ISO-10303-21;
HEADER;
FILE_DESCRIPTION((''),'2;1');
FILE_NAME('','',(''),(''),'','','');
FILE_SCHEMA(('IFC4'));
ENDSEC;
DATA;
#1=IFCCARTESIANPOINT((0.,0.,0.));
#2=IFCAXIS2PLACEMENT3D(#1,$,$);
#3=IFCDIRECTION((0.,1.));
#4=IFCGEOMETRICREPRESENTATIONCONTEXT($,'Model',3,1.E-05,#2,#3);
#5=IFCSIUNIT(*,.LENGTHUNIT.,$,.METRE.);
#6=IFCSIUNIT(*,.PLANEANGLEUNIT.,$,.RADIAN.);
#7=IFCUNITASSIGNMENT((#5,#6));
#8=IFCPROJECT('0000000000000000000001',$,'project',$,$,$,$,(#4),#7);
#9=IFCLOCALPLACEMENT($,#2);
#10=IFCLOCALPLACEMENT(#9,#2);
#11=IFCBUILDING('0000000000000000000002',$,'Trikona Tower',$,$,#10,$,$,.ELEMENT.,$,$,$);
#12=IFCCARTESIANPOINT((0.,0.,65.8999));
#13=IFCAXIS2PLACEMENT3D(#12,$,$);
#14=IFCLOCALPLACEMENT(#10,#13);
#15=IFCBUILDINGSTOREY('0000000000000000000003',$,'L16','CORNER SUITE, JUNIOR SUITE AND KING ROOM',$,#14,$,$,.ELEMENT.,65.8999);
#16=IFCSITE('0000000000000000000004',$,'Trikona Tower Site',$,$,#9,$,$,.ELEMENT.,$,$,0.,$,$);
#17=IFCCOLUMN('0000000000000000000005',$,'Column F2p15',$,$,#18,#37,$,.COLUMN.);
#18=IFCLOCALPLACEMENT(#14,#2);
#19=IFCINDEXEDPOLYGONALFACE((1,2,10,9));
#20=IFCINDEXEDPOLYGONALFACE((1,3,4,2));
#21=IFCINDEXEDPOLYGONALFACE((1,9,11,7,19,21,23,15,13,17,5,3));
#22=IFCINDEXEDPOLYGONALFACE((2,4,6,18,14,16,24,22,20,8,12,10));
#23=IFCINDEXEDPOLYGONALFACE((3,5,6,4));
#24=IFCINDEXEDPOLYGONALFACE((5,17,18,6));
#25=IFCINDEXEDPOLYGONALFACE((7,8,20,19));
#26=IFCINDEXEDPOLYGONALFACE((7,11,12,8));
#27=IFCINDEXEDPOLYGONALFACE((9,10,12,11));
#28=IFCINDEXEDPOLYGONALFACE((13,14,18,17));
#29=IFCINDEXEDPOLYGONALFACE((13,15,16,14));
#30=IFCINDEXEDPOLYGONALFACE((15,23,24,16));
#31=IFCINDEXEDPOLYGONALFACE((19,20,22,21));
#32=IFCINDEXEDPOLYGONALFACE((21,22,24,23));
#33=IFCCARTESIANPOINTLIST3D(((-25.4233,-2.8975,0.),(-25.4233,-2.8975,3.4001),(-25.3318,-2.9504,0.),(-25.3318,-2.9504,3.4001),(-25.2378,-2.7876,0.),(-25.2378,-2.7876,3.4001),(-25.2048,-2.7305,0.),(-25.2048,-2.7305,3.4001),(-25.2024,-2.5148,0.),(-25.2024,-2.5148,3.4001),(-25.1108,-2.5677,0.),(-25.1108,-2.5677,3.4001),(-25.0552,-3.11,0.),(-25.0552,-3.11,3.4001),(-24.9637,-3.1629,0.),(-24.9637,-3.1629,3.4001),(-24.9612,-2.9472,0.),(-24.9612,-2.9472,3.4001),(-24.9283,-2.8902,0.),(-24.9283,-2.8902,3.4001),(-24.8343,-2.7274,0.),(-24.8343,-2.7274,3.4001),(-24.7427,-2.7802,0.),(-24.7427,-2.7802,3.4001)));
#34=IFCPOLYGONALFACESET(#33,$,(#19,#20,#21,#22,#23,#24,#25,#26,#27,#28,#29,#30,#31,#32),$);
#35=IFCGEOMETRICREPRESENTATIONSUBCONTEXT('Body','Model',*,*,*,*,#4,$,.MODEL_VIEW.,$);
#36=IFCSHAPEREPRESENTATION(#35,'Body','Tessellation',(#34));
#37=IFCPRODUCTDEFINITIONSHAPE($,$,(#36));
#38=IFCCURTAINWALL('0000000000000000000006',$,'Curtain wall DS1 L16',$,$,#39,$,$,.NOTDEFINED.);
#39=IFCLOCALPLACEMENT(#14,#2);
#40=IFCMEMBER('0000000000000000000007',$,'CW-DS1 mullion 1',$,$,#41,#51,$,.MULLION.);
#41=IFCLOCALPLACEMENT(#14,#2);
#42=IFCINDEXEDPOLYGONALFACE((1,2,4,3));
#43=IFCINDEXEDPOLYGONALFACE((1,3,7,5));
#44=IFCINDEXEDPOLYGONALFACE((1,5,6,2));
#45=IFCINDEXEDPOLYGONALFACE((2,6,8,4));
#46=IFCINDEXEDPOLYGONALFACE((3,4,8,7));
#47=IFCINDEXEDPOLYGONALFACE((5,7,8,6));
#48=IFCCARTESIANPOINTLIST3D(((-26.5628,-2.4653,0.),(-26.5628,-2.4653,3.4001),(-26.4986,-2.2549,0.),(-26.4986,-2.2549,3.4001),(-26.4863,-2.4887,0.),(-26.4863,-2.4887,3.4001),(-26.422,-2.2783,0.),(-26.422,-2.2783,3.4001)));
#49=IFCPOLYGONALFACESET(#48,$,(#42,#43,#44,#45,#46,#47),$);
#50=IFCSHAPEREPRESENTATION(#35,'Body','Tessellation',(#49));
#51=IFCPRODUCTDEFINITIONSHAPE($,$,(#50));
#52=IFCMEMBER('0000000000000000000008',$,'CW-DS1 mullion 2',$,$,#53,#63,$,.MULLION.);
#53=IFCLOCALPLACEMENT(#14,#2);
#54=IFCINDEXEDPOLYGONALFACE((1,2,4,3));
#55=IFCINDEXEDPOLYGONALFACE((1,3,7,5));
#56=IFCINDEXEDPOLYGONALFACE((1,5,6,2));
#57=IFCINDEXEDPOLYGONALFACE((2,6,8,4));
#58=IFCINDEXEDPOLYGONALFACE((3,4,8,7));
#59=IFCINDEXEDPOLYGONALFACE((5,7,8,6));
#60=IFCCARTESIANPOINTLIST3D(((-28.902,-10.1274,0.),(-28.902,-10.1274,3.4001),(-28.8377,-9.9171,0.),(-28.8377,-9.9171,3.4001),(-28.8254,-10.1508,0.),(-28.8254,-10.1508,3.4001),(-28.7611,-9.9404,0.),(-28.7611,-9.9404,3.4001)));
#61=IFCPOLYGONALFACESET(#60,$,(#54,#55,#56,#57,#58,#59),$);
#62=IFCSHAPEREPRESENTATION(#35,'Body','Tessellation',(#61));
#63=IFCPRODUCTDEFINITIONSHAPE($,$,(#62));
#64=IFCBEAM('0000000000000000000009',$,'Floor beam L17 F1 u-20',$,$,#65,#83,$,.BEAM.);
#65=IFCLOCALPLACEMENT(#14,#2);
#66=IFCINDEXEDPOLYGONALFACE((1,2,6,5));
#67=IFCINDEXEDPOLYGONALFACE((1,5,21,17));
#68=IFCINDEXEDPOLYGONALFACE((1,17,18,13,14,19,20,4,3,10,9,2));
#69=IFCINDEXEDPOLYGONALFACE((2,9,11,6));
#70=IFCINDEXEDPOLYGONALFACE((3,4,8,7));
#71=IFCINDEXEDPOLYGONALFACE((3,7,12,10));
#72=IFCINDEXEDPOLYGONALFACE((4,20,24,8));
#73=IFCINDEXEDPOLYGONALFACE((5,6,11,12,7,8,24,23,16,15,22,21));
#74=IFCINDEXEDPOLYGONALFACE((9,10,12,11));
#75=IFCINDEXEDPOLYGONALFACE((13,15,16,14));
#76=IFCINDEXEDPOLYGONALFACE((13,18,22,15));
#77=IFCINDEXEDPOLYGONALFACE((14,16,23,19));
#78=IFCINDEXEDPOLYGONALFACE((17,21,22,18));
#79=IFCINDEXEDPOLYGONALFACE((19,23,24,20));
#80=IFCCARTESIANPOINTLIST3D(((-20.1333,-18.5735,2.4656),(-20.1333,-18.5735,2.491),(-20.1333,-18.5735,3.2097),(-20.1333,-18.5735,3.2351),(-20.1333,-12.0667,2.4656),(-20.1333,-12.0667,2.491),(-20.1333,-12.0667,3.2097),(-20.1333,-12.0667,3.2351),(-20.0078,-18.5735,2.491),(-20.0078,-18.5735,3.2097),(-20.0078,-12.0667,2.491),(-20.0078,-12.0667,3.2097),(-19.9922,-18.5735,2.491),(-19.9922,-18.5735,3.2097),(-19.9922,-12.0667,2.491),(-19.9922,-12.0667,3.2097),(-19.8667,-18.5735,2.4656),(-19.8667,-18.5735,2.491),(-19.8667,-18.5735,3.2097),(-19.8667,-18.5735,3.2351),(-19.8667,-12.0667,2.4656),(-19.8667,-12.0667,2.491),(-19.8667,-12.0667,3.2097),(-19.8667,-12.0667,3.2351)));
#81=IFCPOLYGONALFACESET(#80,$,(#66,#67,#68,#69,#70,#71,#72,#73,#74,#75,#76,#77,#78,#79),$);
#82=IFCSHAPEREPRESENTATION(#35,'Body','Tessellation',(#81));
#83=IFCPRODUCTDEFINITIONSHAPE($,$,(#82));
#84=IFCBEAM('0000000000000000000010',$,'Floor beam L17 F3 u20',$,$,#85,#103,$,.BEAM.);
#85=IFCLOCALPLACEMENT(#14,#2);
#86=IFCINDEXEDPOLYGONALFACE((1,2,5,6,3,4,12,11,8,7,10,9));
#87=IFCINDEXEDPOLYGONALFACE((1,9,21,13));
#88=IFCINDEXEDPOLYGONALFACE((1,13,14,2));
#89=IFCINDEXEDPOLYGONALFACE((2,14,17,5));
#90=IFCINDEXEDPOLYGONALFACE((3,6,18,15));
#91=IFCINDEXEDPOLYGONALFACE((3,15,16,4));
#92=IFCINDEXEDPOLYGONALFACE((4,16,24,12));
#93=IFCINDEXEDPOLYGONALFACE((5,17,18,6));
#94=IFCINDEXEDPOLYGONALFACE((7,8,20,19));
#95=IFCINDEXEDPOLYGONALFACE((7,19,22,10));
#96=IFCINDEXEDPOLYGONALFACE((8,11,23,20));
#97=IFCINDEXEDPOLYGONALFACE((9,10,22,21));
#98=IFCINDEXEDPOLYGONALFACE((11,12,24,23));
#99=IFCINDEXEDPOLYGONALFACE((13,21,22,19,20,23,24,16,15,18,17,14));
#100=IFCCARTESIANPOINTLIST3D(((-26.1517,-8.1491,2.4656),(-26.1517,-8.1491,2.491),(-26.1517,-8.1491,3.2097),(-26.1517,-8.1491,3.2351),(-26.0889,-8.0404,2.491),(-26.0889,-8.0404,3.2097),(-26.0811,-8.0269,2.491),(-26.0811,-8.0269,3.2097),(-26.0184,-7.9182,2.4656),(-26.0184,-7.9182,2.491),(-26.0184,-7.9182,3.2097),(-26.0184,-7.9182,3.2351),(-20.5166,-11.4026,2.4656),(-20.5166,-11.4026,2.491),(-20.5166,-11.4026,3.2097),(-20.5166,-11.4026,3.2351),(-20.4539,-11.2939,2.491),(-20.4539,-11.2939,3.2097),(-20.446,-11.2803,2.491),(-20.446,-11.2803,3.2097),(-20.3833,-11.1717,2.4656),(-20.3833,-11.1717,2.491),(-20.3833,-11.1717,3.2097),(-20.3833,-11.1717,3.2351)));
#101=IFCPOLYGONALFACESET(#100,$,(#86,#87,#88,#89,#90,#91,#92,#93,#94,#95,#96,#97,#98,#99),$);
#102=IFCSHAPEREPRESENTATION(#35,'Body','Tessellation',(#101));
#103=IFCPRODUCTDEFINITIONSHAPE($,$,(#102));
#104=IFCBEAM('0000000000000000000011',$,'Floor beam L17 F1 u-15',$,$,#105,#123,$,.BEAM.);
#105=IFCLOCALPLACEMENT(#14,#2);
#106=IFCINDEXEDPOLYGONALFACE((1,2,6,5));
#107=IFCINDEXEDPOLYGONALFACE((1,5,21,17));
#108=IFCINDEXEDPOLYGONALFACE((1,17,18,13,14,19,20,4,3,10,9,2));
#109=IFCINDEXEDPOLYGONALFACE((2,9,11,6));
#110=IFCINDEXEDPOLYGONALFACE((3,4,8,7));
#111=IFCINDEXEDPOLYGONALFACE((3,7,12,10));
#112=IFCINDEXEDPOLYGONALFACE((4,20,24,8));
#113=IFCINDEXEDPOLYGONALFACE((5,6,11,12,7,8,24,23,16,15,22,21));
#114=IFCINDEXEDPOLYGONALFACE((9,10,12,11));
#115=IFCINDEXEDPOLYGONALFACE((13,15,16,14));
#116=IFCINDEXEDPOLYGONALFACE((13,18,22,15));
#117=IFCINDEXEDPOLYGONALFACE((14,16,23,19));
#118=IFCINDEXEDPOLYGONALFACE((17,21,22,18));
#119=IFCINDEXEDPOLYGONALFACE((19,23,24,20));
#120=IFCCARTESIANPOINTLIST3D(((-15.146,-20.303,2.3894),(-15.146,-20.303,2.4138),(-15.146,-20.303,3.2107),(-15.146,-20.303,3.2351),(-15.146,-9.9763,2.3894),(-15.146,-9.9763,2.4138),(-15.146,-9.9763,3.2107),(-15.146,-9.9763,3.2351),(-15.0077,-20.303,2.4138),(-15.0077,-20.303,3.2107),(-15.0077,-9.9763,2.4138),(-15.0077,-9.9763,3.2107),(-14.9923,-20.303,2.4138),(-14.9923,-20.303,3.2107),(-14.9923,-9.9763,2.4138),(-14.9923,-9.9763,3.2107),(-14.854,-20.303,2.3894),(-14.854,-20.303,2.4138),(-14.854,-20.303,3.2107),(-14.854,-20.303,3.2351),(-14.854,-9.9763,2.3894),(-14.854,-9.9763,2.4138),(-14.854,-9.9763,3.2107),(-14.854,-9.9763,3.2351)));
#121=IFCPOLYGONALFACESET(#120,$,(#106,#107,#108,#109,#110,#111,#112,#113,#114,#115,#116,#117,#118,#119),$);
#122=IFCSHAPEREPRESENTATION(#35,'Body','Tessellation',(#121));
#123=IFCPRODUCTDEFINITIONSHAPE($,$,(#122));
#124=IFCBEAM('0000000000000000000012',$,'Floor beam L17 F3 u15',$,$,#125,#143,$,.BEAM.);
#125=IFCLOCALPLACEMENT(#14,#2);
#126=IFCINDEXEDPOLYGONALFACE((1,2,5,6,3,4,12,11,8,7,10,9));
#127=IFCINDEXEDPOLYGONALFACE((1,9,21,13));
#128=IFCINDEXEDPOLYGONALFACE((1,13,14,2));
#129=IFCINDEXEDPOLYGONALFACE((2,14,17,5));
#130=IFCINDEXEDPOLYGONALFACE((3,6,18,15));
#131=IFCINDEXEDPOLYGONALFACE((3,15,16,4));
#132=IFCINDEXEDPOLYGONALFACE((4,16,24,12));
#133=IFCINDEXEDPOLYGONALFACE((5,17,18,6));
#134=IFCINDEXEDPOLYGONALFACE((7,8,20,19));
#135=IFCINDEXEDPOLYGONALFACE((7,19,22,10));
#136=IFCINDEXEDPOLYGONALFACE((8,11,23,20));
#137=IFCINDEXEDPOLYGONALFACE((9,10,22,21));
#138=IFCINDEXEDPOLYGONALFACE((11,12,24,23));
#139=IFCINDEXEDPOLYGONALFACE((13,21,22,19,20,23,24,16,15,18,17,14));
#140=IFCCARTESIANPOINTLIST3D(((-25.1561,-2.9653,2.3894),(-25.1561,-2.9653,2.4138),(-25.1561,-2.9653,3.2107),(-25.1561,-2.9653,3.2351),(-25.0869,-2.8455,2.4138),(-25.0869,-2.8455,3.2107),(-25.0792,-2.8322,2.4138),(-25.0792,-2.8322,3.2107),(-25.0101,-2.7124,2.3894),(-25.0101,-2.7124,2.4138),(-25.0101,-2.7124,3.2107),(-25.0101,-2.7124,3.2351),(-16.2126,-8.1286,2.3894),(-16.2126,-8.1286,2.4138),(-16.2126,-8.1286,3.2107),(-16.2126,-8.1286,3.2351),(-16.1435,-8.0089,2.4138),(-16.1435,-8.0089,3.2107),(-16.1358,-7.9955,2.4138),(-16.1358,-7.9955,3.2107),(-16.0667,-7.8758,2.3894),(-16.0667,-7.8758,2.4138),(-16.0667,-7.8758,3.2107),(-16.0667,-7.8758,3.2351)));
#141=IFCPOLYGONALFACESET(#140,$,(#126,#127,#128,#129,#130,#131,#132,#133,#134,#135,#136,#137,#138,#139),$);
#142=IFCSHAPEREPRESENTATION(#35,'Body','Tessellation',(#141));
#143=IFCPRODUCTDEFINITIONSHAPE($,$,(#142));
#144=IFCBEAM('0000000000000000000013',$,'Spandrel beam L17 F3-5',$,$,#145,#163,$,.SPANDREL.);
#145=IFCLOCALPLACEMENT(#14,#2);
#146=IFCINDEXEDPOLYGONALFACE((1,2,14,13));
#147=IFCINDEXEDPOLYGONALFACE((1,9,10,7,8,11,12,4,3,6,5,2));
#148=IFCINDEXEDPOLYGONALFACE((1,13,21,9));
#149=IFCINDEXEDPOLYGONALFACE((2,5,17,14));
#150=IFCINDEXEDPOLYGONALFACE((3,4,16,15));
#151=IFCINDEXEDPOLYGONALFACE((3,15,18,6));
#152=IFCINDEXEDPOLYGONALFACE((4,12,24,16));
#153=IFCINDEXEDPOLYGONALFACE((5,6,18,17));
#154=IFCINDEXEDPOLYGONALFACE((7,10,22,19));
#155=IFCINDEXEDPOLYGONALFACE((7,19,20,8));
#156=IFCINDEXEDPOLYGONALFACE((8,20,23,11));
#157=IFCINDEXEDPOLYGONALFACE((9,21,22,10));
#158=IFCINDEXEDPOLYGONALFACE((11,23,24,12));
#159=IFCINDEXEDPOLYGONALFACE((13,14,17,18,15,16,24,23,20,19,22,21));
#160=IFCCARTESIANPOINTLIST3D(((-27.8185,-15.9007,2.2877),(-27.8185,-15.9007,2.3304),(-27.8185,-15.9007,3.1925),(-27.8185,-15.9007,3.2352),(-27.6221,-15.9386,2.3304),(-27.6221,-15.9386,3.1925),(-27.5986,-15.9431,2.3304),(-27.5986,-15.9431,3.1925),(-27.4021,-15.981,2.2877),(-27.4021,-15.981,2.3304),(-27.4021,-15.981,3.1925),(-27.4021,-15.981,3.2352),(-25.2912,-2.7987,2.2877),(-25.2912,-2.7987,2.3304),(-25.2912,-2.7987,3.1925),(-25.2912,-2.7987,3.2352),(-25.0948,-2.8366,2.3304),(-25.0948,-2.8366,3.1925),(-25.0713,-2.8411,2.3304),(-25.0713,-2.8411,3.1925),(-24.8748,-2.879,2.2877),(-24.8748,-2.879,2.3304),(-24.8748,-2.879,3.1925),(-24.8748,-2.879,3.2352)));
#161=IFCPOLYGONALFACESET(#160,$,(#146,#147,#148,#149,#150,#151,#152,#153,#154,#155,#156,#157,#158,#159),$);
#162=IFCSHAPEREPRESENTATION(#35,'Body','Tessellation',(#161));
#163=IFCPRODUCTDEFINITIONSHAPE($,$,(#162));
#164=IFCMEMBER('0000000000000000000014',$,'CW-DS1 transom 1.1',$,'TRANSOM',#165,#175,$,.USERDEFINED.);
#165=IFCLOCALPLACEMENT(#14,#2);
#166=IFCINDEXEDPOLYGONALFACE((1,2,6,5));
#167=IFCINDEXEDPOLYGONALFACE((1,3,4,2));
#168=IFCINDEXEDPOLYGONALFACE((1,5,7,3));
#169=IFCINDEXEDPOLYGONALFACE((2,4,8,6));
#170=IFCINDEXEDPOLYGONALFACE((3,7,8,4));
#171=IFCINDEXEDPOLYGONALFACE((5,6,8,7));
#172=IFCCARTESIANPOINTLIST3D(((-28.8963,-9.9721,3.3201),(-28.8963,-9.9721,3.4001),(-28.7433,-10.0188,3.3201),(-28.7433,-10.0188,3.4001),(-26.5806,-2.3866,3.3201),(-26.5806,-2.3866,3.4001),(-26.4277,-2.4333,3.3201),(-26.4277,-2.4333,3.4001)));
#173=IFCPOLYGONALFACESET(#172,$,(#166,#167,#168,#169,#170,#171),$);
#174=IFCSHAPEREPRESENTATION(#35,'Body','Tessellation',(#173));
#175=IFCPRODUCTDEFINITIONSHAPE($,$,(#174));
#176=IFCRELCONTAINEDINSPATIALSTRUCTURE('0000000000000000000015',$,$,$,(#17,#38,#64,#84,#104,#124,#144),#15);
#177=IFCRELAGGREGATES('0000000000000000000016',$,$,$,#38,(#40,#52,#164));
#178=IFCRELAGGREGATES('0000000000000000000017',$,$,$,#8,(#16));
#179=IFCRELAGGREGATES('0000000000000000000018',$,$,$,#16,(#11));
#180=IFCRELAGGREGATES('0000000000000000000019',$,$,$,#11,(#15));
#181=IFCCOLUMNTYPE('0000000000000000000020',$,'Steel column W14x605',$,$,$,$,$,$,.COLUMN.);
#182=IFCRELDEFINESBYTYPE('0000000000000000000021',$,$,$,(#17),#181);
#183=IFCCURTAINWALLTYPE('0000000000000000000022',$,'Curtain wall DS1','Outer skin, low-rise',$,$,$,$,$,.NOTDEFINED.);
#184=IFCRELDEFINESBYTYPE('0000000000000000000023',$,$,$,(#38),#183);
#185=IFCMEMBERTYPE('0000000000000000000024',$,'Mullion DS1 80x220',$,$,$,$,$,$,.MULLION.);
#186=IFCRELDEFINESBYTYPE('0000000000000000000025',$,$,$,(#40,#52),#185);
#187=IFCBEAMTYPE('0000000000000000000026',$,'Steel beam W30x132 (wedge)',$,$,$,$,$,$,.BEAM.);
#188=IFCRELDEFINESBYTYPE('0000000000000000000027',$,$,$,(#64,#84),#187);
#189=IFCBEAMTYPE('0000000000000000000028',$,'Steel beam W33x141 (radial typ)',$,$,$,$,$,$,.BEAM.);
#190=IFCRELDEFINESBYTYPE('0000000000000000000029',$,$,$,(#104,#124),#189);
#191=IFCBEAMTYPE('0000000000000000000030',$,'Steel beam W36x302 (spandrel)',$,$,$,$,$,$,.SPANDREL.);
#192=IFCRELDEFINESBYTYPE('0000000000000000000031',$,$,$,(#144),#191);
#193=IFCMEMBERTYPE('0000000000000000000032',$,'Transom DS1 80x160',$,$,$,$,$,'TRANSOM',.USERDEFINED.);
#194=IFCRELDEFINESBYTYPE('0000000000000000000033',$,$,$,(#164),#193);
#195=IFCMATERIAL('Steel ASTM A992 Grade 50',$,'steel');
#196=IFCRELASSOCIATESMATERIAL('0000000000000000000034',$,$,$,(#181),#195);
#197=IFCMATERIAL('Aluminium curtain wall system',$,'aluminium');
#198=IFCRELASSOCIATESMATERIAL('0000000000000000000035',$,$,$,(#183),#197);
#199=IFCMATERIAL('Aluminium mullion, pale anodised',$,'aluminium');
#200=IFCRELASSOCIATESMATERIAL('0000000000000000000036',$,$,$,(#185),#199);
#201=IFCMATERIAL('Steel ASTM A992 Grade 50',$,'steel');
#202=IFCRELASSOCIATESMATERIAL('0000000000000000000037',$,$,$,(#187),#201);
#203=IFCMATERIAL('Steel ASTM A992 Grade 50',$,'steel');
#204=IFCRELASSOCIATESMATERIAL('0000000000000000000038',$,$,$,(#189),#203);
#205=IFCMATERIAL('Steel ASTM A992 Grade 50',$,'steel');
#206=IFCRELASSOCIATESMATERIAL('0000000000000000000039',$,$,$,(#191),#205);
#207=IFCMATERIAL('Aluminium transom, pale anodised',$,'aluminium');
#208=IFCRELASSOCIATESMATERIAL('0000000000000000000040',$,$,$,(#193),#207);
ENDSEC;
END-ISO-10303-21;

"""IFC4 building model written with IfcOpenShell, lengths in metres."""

from ifc_helpers import new_model, si_unit, direction, frame, origin, origin_2d, place, context, subcontext, project, spatial, rectangle, i_section, extrude, material, material_profile, profile_set, type_object, element, aggregate, save


model = new_model("IFC4")

# Units and contexts
model_context = context("Model", 3, precision=1e-05, world=origin(), true_north=direction((0.0, 1.0)))
body_context = subcontext(model_context, "Body", "Model", "MODEL_VIEW")
ifc_project = project(units=[si_unit("LENGTHUNIT", "METRE"), si_unit("PLANEANGLEUNIT", "RADIAN")], contexts=[model_context])

# Site, building, storey
site_placement = place(None, origin())
site = spatial("IfcSite", under=ifc_project, at=site_placement, Name="Trikona Tower Site", CompositionType="ELEMENT", RefElevation=0.0)
building_placement = place(site_placement, origin())
building = spatial("IfcBuilding", under=site, at=building_placement, Name="Trikona Tower", CompositionType="ELEMENT")
storey_placement = place(building_placement, frame((0.0, 0.0, 65.8999)))
storey = spatial("IfcBuildingStorey", under=building, at=storey_placement, Name="L16", Description="CORNER SUITE, JUNIOR SUITE AND KING ROOM", CompositionType="ELEMENT", Elevation=65.8999)

# Column
ifc_material_1 = material(Name="Steel ASTM A992 Grade 50", Category="steel")
ifc_material_profile_1 = material_profile(ifc_material_1, i_section(OverallWidth=0.4419, OverallDepth=0.5308, WebThickness=0.0659, FlangeThickness=0.1057, at=origin_2d()), Name="W14X605")
ifc_profile_set_1 = profile_set([ifc_material_profile_1], Name="Steel ASTM A992 Grade 50")
column_type = type_object("IfcColumnType", Name="Steel column W14x605", PredefinedType="COLUMN", material=ifc_profile_set_1)
column_placement = place(storey_placement, frame((-25.083, -2.8389, 0.0), z_axis=(0.0, 0.0, 1.0), x_axis=(-0.5, -0.866025, 0.0)))
element("IfcColumn", 1, at=column_placement, inside=storey, type_object=column_type, Name="Column F2p15", PredefinedType="COLUMN", context=body_context, shape_type="SweptSolid", body=[
    extrude(i_section(OverallWidth=0.4419, OverallDepth=0.5308, WebThickness=0.0659, FlangeThickness=0.1057, at=origin_2d()), origin(), (0.0, 0.0, 1.0), 3.4001),
])

# Curtain wall, members
ifc_material_2 = material(Name="Aluminium curtain wall system", Category="aluminium")
curtain_wall_type = type_object("IfcCurtainWallType", Name="Curtain wall DS1", Description="Outer skin, low-rise", PredefinedType="NOTDEFINED", material=ifc_material_2)
curtain_wall_placement = place(storey_placement, origin())
curtain_wall = element("IfcCurtainWall", 2, at=curtain_wall_placement, inside=storey, type_object=curtain_wall_type, Name="Curtain wall DS1 L16", PredefinedType="NOTDEFINED")
ifc_material_3 = material(Name="Aluminium mullion, pale anodised", Category="aluminium")
ifc_material_profile_2 = material_profile(ifc_material_3, rectangle(XDim=0.0801, YDim=0.22, at=origin_2d()), Name="MUL-DS1")
ifc_profile_set_2 = profile_set([ifc_material_profile_2], Name="Aluminium mullion, pale anodised")
member_type_1 = type_object("IfcMemberType", Name="Mullion DS1 80x220", PredefinedType="MULLION", material=ifc_profile_set_2)
member_1_placement = place(storey_placement, frame((-26.4924, -2.3718, 0.0), z_axis=(0.0, 0.0, 1.0), x_axis=(0.956423, -0.291984, 0.0)))
member_1 = element("IfcMember", 3, at=member_1_placement, type_object=member_type_1, Name="CW-DS1 mullion 1", PredefinedType="MULLION", context=body_context, shape_type="SweptSolid", body=[
    extrude(rectangle(XDim=0.0801, YDim=0.22, at=origin_2d()), origin(), (0.0, 0.0, 1.0), 3.4001),
])
member_2_placement = place(storey_placement, frame((-28.8315, -10.0339, 0.0), z_axis=(0.0, 0.0, 1.0), x_axis=(0.956423, -0.291984, 0.0)))
member_2 = element("IfcMember", 4, at=member_2_placement, type_object=member_type_1, Name="CW-DS1 mullion 2", PredefinedType="MULLION", context=body_context, shape_type="SweptSolid", body=[
    extrude(rectangle(XDim=0.0801, YDim=0.22, at=origin_2d()), origin(), (0.0, 0.0, 1.0), 3.4001),
])

# Beams
ifc_material_4 = material(Name="Steel ASTM A992 Grade 50", Category="steel")
ifc_material_profile_3 = material_profile(ifc_material_4, i_section(OverallWidth=0.2666, OverallDepth=0.7695, WebThickness=0.0156, FlangeThickness=0.0254, at=origin_2d()), Name="W30X132")
ifc_profile_set_3 = profile_set([ifc_material_profile_3], Name="Steel ASTM A992 Grade 50")
beam_type_1 = type_object("IfcBeamType", Name="Steel beam W30x132 (wedge)", PredefinedType="BEAM", material=ifc_profile_set_3)
for number, where, z_axis, x_axis, name in (
    (5, (-20.0, -12.0667, 2.8503), (0.0, -1.0, 0.0), (1.0, 0.0, 0.0), "Floor beam L17 F1 u-20"),
    (6, (-20.45, -11.2871, 2.8503), (-0.866023, 0.500005, 0.0), (-0.500005, -0.866023, 0.0), "Floor beam L17 F3 u20"),
):
    element("IfcBeam", number, at=place(storey_placement, frame(where, z_axis=z_axis, x_axis=x_axis)), inside=storey, type_object=beam_type_1, Name=name, PredefinedType="BEAM", context=body_context, shape_type="SweptSolid", body=[
        extrude(i_section(OverallWidth=0.2666, OverallDepth=0.7695, WebThickness=0.0156, FlangeThickness=0.0254, at=origin_2d()), origin(), (0.0, 0.0, 1.0), 6.5068),
    ])
ifc_material_5 = material(Name="Steel ASTM A992 Grade 50", Category="steel")
ifc_material_profile_4 = material_profile(ifc_material_5, i_section(OverallWidth=0.292, OverallDepth=0.8457, WebThickness=0.0154, FlangeThickness=0.0244, at=origin_2d()), Name="W33X141")
ifc_profile_set_4 = profile_set([ifc_material_profile_4], Name="Steel ASTM A992 Grade 50")
beam_type_2 = type_object("IfcBeamType", Name="Steel beam W33x141 (radial typ)", PredefinedType="BEAM", material=ifc_profile_set_4)
beam_1_placement = place(storey_placement, frame((-15.0, -9.9763, 2.8123), z_axis=(0.0, -1.0, 0.0), x_axis=(1.0, 0.0, 0.0)))
element("IfcBeam", 7, at=beam_1_placement, inside=storey, type_object=beam_type_2, Name="Floor beam L17 F1 u-15", PredefinedType="BEAM", context=body_context, shape_type="SweptSolid", body=[
    extrude(i_section(OverallWidth=0.292, OverallDepth=0.8457, WebThickness=0.0154, FlangeThickness=0.0244, at=origin_2d()), origin(), (0.0, 0.0, 1.0), 10.3267),
])
beam_2_placement = place(storey_placement, frame((-16.1396, -8.0022, 2.8123), z_axis=(-0.86603, 0.499991, 0.0), x_axis=(-0.499991, -0.86603, 0.0)))
element("IfcBeam", 8, at=beam_2_placement, inside=storey, type_object=beam_type_2, Name="Floor beam L17 F3 u15", PredefinedType="BEAM", context=body_context, shape_type="SweptSolid", body=[
    extrude(i_section(OverallWidth=0.292, OverallDepth=0.8457, WebThickness=0.0154, FlangeThickness=0.0244, at=origin_2d()), origin(), (0.0, 0.0, 1.0), 10.3269),
])
ifc_material_6 = material(Name="Steel ASTM A992 Grade 50", Category="steel")
ifc_material_profile_5 = material_profile(ifc_material_6, i_section(OverallWidth=0.4241, OverallDepth=0.9475, WebThickness=0.0239, FlangeThickness=0.0427, at=origin_2d()), Name="W36X302")
ifc_profile_set_5 = profile_set([ifc_material_profile_5], Name="Steel ASTM A992 Grade 50")
beam_type_3 = type_object("IfcBeamType", Name="Steel beam W36x302 (spandrel)", PredefinedType="SPANDREL", material=ifc_profile_set_5)
beam_3_placement = place(storey_placement, frame((-25.083, -2.8389, 2.7615), z_axis=(-0.189405, -0.981899, 0.0), x_axis=(0.981899, -0.189405, 0.0)))
element("IfcBeam", 9, at=beam_3_placement, inside=storey, type_object=beam_type_3, Name="Spandrel beam L17 F3-5", PredefinedType="SPANDREL", context=body_context, shape_type="SweptSolid", body=[
    extrude(i_section(OverallWidth=0.4241, OverallDepth=0.9475, WebThickness=0.0239, FlangeThickness=0.0427, at=origin_2d()), origin(), (0.0, 0.0, 1.0), 13.3435),
])

# Member
ifc_material_7 = material(Name="Aluminium transom, pale anodised", Category="aluminium")
ifc_material_profile_6 = material_profile(ifc_material_7, rectangle(XDim=0.1599, YDim=0.0801, at=origin_2d()), Name="TRN-DS1")
ifc_profile_set_6 = profile_set([ifc_material_profile_6], Name="Aluminium transom, pale anodised")
member_type_2 = type_object("IfcMemberType", Name="Transom DS1 80x160", ElementType="TRANSOM", PredefinedType="USERDEFINED", material=ifc_profile_set_6)
member_3_placement = place(storey_placement, frame((-26.5042, -2.4099, 3.3601), z_axis=(-0.291967, -0.956428, 0.0), x_axis=(0.956428, -0.291967, 0.0)))
member_3 = element("IfcMember", 10, at=member_3_placement, type_object=member_type_2, Name="CW-DS1 transom 1.1", ObjectType="TRANSOM", PredefinedType="USERDEFINED", context=body_context, shape_type="SweptSolid", body=[
    extrude(rectangle(XDim=0.1599, YDim=0.0801, at=origin_2d()), origin(), (0.0, 0.0, 1.0), 7.9312),
])

aggregate(curtain_wall, [member_1, member_2, member_3])

save(model, "model.ifc")
